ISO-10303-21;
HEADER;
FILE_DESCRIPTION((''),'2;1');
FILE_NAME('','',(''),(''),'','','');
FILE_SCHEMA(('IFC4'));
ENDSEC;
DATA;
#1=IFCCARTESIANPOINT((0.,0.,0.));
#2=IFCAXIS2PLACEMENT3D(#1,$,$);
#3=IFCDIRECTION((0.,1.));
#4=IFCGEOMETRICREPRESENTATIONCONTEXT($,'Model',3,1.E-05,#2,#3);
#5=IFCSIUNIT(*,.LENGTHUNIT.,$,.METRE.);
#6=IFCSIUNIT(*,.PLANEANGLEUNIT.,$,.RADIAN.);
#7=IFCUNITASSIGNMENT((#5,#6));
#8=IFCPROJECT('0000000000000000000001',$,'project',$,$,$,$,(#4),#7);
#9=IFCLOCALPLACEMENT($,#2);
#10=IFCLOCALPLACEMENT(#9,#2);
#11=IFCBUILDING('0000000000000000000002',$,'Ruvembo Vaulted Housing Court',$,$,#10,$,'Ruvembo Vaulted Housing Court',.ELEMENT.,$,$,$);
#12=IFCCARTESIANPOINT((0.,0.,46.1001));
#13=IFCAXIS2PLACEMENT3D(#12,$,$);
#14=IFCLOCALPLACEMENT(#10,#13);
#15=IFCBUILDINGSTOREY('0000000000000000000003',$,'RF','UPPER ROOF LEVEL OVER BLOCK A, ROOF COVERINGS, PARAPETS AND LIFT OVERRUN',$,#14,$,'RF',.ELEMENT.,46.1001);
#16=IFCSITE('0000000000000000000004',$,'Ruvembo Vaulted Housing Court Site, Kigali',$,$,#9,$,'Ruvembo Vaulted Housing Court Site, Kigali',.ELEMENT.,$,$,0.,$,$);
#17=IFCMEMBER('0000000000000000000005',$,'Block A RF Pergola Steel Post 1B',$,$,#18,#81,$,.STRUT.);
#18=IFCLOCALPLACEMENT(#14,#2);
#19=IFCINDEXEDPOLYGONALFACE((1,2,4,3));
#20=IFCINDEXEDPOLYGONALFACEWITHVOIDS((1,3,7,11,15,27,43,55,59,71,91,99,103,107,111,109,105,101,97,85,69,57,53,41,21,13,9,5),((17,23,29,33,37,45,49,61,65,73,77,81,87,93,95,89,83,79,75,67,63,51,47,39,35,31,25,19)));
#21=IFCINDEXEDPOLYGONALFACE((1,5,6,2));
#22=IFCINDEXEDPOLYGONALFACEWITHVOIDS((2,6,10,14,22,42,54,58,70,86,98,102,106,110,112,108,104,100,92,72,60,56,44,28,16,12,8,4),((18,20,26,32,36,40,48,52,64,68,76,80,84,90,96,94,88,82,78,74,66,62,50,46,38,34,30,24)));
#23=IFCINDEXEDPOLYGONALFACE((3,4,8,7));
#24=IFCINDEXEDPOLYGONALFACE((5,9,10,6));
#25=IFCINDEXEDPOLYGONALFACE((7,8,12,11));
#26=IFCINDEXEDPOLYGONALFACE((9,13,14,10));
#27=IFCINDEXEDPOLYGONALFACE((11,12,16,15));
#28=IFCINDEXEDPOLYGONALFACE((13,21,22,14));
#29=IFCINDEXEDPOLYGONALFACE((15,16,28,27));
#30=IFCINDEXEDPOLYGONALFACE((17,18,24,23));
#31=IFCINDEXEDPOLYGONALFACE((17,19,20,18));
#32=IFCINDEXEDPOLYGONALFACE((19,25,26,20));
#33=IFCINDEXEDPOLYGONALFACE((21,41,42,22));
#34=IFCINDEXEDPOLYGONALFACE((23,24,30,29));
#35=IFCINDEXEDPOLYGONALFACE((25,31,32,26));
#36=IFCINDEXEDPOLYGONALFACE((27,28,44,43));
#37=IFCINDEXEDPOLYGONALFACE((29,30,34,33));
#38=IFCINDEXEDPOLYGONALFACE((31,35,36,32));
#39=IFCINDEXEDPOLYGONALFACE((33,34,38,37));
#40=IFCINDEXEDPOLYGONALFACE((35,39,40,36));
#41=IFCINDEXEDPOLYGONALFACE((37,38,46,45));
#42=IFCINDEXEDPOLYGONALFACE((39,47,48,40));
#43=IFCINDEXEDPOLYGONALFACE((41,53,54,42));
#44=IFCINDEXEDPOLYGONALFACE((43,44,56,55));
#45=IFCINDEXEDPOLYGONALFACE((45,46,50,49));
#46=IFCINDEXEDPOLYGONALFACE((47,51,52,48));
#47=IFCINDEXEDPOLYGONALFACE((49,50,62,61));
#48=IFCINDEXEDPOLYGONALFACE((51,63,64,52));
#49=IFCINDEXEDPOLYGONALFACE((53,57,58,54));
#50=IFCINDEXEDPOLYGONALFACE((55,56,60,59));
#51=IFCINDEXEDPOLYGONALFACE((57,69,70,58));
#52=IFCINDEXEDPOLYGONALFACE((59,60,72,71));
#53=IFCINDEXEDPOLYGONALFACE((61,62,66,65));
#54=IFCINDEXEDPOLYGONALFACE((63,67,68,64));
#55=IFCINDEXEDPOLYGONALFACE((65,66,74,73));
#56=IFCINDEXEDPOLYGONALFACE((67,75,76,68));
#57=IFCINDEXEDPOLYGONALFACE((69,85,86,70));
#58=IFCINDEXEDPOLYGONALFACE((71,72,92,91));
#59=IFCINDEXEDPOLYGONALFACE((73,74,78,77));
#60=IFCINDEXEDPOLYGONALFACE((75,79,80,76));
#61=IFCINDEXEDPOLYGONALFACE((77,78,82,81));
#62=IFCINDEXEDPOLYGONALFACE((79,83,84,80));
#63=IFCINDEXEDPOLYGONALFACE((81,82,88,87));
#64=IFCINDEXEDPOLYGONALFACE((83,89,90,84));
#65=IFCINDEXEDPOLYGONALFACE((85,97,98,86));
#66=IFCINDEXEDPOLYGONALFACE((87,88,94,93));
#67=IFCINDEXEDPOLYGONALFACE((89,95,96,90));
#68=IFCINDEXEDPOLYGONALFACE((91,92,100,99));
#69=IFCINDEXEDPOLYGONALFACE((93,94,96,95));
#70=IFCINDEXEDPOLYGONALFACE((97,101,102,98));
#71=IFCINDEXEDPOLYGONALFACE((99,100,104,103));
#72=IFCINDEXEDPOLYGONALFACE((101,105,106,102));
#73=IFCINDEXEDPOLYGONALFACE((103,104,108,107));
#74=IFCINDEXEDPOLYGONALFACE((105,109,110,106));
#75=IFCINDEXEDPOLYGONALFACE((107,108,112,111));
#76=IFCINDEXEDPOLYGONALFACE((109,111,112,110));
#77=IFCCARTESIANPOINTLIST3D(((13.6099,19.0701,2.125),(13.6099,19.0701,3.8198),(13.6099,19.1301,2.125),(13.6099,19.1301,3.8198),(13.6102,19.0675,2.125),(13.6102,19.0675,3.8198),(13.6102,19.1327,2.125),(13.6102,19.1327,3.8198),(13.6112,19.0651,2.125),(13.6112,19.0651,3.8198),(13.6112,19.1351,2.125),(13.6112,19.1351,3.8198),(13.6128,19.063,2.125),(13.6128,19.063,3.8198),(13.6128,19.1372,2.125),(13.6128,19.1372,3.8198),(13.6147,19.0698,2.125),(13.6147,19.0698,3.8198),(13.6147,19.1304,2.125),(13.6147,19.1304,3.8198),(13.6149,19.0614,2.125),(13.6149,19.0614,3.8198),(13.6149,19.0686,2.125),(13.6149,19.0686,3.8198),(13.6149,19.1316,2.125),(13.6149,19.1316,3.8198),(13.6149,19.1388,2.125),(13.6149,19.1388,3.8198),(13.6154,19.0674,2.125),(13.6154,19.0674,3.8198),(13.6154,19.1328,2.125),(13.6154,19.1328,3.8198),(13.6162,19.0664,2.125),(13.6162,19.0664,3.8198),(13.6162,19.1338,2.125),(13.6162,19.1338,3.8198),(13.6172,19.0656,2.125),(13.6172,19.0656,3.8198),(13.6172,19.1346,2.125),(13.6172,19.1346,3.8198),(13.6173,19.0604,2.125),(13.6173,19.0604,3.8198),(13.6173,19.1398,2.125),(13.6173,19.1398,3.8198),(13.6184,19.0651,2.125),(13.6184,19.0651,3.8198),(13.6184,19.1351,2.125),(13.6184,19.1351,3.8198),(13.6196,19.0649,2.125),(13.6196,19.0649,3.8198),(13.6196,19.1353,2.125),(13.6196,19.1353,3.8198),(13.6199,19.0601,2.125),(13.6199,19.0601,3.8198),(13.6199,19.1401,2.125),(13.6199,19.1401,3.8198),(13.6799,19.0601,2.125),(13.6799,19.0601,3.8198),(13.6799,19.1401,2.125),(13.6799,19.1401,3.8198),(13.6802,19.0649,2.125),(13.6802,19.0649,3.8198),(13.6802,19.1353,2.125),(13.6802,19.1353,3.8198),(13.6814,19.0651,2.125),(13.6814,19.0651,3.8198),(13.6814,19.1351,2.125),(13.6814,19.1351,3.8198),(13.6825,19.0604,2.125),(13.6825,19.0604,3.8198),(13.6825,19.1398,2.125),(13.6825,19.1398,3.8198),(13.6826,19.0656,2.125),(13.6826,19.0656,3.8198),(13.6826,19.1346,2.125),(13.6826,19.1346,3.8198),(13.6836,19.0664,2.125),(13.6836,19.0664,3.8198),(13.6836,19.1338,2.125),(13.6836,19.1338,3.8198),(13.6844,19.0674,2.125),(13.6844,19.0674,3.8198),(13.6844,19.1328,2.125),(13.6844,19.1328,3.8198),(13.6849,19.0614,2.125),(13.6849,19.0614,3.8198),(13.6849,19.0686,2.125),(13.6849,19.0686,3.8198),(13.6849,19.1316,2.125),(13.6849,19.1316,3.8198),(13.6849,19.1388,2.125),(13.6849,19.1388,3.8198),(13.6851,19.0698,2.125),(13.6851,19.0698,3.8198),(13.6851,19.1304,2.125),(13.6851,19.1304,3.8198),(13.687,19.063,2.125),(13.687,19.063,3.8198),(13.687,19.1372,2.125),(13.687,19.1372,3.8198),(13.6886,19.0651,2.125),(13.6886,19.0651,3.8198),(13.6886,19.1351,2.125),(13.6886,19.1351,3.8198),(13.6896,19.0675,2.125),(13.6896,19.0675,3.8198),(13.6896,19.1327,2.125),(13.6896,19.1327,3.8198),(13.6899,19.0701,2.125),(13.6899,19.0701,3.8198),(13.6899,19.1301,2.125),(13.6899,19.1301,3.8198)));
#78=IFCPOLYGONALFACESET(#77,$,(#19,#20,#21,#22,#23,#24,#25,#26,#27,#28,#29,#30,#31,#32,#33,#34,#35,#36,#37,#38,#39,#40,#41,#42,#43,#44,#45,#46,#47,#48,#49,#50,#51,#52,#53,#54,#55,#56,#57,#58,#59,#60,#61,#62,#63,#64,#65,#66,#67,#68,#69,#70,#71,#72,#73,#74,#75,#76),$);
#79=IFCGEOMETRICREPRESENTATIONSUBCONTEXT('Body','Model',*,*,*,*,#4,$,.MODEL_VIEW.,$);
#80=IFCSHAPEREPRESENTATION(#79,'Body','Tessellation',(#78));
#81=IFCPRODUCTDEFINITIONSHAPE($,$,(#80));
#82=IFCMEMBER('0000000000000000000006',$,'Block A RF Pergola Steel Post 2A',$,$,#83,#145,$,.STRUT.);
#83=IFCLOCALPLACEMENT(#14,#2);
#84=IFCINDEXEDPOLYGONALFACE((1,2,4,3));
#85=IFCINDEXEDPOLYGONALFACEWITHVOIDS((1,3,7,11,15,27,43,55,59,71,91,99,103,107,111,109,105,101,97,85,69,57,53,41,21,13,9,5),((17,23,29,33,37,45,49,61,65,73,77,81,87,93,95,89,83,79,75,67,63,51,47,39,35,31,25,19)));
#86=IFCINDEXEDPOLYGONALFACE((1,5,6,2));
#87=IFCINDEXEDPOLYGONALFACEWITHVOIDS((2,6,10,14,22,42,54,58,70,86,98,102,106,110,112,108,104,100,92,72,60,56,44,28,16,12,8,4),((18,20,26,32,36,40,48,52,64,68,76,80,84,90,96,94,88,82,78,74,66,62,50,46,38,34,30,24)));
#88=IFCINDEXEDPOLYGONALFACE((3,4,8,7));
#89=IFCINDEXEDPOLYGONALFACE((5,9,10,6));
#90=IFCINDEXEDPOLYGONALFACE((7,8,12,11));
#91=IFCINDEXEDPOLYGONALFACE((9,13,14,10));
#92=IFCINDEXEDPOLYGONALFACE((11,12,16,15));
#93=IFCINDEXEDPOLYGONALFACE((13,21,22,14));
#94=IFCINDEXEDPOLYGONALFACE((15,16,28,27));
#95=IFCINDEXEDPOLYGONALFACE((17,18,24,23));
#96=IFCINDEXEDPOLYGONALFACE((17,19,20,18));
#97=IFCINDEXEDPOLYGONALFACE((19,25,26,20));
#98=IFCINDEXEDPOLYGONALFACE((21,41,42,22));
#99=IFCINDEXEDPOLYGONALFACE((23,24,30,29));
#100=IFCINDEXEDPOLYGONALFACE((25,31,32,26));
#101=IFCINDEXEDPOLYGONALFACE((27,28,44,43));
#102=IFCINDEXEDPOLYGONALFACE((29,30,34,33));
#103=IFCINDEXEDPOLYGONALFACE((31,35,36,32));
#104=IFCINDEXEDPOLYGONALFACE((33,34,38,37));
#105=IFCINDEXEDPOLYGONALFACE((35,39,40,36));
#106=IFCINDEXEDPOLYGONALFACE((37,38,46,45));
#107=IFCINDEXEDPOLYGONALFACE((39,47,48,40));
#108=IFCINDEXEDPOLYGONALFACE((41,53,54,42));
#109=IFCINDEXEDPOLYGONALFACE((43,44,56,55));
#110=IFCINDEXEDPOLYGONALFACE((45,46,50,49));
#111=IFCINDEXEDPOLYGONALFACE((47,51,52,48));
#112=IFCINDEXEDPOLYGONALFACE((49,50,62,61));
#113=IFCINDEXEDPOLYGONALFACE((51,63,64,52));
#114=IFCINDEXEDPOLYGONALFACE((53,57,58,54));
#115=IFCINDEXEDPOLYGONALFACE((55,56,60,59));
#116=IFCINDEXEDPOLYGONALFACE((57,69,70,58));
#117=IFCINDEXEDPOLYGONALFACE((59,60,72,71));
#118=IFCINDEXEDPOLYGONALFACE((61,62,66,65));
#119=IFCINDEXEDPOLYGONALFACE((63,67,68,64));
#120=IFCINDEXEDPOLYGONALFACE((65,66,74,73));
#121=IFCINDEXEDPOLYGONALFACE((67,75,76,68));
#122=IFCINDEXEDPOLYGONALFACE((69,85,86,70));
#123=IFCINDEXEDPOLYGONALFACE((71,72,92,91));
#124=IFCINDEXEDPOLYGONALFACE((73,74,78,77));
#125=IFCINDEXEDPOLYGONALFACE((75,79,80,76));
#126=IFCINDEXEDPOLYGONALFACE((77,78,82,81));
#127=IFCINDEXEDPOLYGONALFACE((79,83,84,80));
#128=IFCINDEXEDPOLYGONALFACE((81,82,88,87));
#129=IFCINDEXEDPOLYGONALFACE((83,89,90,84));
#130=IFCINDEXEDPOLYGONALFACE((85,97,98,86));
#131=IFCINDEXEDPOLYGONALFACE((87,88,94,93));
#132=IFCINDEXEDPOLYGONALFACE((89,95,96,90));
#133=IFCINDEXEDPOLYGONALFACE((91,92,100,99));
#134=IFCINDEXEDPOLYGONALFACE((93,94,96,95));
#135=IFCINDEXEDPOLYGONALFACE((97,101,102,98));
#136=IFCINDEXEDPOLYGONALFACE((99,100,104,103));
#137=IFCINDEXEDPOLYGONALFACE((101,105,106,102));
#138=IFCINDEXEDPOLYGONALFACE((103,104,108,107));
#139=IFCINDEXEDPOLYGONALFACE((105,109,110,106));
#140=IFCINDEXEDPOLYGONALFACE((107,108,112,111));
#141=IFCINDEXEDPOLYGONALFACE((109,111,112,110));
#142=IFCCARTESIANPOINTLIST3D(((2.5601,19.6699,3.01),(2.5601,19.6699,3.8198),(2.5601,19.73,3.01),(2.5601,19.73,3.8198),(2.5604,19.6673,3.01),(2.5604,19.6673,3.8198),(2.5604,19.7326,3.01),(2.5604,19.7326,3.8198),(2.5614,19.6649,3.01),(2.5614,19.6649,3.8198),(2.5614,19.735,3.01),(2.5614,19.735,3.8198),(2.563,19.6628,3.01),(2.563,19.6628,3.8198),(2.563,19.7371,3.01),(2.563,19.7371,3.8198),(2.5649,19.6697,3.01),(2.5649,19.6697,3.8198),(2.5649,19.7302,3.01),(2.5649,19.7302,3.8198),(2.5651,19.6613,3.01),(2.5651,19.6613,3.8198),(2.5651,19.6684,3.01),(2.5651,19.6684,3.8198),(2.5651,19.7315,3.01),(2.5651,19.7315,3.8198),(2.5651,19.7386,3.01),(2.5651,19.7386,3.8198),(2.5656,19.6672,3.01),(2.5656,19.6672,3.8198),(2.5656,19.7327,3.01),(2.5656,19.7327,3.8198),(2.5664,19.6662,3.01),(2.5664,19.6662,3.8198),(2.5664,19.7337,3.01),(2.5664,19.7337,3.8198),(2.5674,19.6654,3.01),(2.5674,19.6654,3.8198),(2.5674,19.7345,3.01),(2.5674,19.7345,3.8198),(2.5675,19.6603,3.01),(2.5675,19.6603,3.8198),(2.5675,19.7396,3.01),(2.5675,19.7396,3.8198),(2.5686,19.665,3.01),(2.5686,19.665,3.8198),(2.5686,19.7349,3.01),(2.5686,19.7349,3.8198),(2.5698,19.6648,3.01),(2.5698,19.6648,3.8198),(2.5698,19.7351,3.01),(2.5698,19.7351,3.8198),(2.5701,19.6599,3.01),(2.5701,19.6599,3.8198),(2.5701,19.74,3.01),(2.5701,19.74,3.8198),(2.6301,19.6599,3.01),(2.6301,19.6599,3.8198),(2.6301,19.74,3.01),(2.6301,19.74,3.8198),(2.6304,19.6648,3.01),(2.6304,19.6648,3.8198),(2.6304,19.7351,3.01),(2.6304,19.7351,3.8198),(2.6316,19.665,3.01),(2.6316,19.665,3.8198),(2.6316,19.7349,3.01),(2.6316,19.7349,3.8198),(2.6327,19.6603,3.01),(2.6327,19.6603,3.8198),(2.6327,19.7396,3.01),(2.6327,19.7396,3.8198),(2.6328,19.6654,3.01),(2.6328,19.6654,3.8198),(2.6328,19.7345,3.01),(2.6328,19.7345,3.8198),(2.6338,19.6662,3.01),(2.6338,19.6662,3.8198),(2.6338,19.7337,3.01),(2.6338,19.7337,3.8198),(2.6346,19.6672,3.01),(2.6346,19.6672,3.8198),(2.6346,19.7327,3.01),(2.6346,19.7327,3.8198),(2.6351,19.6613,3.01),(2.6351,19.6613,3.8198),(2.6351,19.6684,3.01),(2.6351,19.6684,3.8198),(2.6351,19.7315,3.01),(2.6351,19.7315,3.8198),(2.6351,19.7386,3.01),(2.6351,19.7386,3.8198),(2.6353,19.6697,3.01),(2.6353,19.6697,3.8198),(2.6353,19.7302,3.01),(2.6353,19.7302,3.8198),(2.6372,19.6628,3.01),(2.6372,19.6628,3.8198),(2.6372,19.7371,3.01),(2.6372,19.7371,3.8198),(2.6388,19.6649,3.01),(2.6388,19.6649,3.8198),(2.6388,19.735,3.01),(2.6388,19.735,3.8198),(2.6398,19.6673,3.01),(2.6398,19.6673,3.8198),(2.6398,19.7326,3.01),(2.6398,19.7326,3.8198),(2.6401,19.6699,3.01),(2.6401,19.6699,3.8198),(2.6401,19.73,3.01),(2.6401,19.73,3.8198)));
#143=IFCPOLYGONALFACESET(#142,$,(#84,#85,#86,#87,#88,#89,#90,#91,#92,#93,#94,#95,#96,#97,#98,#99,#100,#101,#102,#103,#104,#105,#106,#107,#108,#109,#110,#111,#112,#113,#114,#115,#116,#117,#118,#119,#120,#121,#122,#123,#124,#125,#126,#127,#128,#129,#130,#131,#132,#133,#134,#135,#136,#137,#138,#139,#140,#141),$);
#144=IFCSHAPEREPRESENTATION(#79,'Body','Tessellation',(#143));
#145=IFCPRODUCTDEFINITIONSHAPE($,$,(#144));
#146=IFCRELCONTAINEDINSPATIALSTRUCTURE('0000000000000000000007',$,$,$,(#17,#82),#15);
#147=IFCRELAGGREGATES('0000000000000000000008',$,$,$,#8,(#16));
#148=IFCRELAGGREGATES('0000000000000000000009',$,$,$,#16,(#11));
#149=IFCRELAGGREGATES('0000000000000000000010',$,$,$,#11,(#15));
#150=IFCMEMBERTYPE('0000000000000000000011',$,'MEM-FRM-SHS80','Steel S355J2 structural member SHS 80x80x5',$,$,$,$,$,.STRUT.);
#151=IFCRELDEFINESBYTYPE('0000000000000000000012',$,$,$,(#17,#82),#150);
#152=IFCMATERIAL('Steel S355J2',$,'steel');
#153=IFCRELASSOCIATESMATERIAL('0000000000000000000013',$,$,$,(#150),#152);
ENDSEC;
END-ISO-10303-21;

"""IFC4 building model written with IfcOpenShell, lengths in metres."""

from ifc_helpers import new_model, si_unit, direction, frame, origin, origin_2d, place, context, subcontext, project, spatial, hollow_rectangle, extrude, material, material_profile, profile_set, type_object, element, save


model = new_model("IFC4")

# Units and contexts
model_context = context("Model", 3, precision=1e-05, world=origin(), true_north=direction((0.0, 1.0)))
body_context = subcontext(model_context, "Body", "Model", "MODEL_VIEW")
ifc_project = project(units=[si_unit("LENGTHUNIT", "METRE"), si_unit("PLANEANGLEUNIT", "RADIAN")], contexts=[model_context])

# Site, building, storey
site_placement = place(None, origin())
site = spatial("IfcSite", under=ifc_project, at=site_placement, Name="Ruvembo Vaulted Housing Court Site, Kigali", LongName="Ruvembo Vaulted Housing Court Site, Kigali", CompositionType="ELEMENT", RefElevation=0.0)
building_placement = place(site_placement, origin())
building = spatial("IfcBuilding", under=site, at=building_placement, Name="Ruvembo Vaulted Housing Court", LongName="Ruvembo Vaulted Housing Court", CompositionType="ELEMENT")
storey_placement = place(building_placement, frame((0.0, 0.0, 46.1001)))
storey = spatial("IfcBuildingStorey", under=building, at=storey_placement, Name="RF", Description="UPPER ROOF LEVEL OVER BLOCK A, ROOF COVERINGS, PARAPETS AND LIFT OVERRUN", LongName="RF", CompositionType="ELEMENT", Elevation=46.1001)

# Shared definitions
ifc_material_1 = material(Name="Steel S355J2", Category="steel")

# Members
ifc_material_profile_1 = material_profile(ifc_material_1, hollow_rectangle(XDim=0.0801, YDim=0.0801, WallThickness=0.0049, InnerFilletRadius=0.0049, OuterFilletRadius=0.01, at=origin_2d()), Name="SHS 80x80x5")
ifc_profile_set_1 = profile_set([ifc_material_profile_1], Name="Steel S355J2")
member_type = type_object("IfcMemberType", Name="MEM-FRM-SHS80", Description="Steel S355J2 structural member SHS 80x80x5", PredefinedType="STRUT", material=ifc_profile_set_1)
member_1_placement = place(storey_placement, frame((13.6499, 19.1001, 2.125), z_axis=(0.0, 0.0, 1.0), x_axis=(1.0, 0.0, 0.0)))
element("IfcMember", 1, at=member_1_placement, inside=storey, type_object=member_type, Name="Block A RF Pergola Steel Post 1B", PredefinedType="STRUT", context=body_context, shape_type="SweptSolid", body=[
    extrude(hollow_rectangle(XDim=0.0801, YDim=0.0801, WallThickness=0.0049, InnerFilletRadius=0.0049, OuterFilletRadius=0.01, at=origin_2d()), origin(), (0.0, 0.0, 1.0), 1.6948),
])
member_2_placement = place(storey_placement, frame((2.6001, 19.7, 3.01), z_axis=(0.0, 0.0, 1.0), x_axis=(1.0, 0.0, 0.0)))
element("IfcMember", 2, at=member_2_placement, inside=storey, type_object=member_type, Name="Block A RF Pergola Steel Post 2A", PredefinedType="STRUT", context=body_context, shape_type="SweptSolid", body=[
    extrude(hollow_rectangle(XDim=0.0801, YDim=0.0801, WallThickness=0.0049, InnerFilletRadius=0.0049, OuterFilletRadius=0.01, at=origin_2d()), origin(), (0.0, 0.0, 1.0), 0.8098),
])

save(model, "model.ifc")
